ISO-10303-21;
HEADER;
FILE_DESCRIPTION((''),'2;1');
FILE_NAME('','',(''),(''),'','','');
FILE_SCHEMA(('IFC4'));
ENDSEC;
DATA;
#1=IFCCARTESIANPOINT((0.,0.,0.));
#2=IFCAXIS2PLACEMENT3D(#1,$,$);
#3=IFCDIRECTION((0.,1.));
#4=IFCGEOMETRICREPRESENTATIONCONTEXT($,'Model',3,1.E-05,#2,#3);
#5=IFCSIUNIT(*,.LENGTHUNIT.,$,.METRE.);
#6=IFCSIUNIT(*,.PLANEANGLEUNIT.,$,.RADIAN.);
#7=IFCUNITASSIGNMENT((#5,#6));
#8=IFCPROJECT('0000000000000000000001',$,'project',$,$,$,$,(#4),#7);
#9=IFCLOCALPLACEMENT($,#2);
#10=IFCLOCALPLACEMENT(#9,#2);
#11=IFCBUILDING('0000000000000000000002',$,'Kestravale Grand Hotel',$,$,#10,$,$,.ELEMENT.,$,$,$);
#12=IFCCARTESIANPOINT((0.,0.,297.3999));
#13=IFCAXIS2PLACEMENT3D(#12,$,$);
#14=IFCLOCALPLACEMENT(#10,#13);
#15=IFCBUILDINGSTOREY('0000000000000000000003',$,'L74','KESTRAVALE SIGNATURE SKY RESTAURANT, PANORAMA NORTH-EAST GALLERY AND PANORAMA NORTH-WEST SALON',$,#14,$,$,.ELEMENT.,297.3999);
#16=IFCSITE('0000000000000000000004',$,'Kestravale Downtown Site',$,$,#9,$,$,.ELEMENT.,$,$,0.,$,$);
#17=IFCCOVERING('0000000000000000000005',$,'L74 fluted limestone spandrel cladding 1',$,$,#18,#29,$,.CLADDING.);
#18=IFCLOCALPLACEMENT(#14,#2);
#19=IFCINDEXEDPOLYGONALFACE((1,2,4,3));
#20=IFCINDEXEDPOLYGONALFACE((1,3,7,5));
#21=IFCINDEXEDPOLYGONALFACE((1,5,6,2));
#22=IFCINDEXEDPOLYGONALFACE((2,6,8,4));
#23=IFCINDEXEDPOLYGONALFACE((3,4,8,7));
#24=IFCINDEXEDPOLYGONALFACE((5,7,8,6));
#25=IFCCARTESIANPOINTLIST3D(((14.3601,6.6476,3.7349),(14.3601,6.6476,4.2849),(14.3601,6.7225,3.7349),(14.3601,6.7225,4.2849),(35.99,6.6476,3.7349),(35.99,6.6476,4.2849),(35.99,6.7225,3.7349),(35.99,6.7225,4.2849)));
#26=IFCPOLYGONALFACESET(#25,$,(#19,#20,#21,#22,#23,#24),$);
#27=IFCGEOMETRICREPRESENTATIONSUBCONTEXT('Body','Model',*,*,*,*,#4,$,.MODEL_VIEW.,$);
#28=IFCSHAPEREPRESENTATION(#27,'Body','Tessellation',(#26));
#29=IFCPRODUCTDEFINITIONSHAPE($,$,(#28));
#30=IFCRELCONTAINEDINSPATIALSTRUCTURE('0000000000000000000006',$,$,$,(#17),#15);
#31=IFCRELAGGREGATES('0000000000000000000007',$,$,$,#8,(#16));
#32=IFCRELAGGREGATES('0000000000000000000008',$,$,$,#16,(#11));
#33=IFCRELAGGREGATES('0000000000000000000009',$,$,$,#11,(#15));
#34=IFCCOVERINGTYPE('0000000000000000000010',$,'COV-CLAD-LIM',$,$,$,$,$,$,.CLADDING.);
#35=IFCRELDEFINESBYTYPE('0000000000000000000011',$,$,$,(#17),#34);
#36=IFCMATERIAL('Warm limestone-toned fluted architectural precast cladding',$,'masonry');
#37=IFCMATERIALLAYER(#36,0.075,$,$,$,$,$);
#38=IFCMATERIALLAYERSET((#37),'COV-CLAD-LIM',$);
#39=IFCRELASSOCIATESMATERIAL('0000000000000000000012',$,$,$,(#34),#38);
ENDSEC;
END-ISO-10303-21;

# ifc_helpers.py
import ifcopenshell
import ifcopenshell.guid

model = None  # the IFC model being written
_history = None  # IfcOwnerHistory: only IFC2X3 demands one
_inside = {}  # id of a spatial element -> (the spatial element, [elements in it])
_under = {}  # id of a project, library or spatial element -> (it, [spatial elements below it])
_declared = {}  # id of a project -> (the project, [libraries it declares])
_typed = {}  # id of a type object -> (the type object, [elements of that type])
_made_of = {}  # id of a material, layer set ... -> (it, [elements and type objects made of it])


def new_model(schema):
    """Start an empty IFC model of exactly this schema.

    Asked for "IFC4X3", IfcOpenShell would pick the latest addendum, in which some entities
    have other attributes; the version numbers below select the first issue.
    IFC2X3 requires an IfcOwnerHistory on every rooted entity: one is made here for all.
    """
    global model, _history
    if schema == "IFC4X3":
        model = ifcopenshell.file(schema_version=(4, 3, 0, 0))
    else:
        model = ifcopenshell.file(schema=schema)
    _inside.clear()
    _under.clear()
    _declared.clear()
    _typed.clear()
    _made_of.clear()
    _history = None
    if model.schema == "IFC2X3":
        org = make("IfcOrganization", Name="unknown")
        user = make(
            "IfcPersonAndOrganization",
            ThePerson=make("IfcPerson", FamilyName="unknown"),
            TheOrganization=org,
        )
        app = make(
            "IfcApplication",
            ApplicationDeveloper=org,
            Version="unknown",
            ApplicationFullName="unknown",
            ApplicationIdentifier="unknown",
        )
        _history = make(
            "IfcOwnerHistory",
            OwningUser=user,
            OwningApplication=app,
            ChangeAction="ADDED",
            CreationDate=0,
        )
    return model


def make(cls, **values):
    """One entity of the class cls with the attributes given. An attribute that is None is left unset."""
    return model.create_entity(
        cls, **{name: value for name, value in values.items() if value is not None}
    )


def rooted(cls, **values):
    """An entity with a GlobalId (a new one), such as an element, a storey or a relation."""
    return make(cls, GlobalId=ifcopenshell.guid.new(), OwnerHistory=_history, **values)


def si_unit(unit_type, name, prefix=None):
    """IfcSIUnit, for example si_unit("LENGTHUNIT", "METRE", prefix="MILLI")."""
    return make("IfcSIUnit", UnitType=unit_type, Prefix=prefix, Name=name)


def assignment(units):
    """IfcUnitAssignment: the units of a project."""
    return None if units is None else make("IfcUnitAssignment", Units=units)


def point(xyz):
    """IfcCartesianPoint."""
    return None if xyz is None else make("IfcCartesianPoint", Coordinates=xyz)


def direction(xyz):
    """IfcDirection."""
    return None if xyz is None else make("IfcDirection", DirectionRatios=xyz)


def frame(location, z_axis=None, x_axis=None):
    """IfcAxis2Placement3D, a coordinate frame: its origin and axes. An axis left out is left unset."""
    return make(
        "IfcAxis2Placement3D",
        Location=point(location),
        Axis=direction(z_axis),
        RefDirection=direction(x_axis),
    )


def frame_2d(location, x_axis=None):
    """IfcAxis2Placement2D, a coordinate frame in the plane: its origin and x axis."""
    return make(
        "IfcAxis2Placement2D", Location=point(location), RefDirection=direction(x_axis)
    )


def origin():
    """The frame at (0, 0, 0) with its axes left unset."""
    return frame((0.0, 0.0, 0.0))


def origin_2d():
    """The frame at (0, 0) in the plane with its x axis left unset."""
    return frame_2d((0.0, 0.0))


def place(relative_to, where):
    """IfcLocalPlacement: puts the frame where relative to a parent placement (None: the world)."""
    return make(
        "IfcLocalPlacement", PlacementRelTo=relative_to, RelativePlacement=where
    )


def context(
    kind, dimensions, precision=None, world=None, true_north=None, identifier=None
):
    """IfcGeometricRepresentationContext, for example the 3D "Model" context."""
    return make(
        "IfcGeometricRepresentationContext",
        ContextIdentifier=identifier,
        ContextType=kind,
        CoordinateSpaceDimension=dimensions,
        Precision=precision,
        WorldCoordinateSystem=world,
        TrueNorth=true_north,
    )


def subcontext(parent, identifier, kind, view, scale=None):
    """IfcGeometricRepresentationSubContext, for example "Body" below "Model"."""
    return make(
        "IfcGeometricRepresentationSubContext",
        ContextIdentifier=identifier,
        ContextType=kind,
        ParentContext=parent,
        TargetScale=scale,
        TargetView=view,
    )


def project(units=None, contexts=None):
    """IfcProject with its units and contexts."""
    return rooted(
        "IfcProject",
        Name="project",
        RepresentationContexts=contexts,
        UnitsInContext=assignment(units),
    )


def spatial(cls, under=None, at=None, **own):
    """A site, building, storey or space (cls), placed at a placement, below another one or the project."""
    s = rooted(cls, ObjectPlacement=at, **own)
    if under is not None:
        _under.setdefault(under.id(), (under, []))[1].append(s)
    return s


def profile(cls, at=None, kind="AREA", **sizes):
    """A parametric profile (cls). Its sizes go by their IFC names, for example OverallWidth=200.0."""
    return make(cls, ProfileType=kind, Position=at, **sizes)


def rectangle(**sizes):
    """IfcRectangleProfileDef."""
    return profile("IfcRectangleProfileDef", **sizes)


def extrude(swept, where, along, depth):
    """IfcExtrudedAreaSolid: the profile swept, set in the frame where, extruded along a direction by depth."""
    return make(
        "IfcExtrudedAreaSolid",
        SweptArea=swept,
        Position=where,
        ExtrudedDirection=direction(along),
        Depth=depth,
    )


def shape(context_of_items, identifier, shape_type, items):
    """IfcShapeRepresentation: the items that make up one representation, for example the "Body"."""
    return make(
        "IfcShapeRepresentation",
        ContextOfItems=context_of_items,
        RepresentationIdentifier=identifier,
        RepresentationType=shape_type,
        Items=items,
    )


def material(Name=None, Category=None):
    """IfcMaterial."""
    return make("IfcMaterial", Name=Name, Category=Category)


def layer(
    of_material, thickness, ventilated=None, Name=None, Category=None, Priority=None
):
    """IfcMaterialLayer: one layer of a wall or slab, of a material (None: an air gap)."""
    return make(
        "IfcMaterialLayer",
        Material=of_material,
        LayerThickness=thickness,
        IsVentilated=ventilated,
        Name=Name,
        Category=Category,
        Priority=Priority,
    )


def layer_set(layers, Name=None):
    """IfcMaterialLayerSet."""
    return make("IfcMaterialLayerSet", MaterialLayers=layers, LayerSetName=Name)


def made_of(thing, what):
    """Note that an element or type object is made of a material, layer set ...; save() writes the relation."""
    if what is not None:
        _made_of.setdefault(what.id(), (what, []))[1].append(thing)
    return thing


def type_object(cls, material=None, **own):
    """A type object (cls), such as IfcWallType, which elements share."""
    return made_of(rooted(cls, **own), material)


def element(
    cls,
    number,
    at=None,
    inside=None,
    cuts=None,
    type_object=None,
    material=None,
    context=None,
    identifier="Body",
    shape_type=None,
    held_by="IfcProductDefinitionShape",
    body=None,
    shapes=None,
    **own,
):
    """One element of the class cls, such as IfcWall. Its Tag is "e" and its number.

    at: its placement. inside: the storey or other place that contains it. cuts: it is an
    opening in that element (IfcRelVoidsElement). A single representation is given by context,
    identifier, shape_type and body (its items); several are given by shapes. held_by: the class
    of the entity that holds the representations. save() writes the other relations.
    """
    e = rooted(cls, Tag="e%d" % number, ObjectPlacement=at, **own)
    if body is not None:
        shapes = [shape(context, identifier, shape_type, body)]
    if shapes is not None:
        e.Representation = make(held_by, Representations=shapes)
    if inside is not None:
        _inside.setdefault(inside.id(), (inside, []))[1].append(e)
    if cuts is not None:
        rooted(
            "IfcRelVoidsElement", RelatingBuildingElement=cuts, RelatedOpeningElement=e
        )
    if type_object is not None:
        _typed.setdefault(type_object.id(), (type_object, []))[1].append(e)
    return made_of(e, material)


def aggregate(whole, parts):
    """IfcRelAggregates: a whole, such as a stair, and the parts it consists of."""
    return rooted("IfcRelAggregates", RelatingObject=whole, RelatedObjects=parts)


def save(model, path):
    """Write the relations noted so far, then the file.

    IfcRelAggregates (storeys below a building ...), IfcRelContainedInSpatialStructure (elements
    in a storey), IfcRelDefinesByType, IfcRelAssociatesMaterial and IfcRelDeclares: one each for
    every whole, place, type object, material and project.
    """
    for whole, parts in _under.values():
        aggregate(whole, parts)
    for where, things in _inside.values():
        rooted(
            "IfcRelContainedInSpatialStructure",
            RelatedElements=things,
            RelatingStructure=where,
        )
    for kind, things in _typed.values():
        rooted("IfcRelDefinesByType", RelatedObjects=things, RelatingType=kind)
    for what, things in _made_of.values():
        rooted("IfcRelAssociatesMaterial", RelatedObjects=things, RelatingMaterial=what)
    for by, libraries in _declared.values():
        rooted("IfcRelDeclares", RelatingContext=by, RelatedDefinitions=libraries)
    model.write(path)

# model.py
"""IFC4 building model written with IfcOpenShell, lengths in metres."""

from ifc_helpers import new_model, si_unit, direction, frame, origin, origin_2d, place, context, subcontext, project, spatial, rectangle, extrude, material, layer, layer_set, type_object, element, save


model = new_model("IFC4")

# Units and contexts
model_context = context("Model", 3, precision=1e-05, world=origin(), true_north=direction((0.0, 1.0)))
body_context = subcontext(model_context, "Body", "Model", "MODEL_VIEW")
ifc_project = project(units=[si_unit("LENGTHUNIT", "METRE"), si_unit("PLANEANGLEUNIT", "RADIAN")], contexts=[model_context])

# Site, building, storey
site_placement = place(None, origin())
site = spatial("IfcSite", under=ifc_project, at=site_placement, Name="Kestravale Downtown Site", CompositionType="ELEMENT", RefElevation=0.0)
building_placement = place(site_placement, origin())
building = spatial("IfcBuilding", under=site, at=building_placement, Name="Kestravale Grand Hotel", CompositionType="ELEMENT")
storey_placement = place(building_placement, frame((0.0, 0.0, 297.3999)))
storey = spatial("IfcBuildingStorey", under=building, at=storey_placement, Name="L74", Description="KESTRAVALE SIGNATURE SKY RESTAURANT, PANORAMA NORTH-EAST GALLERY AND PANORAMA NORTH-WEST SALON", CompositionType="ELEMENT", Elevation=297.3999)

# Covering
ifc_material_1 = material(Name="Warm limestone-toned fluted architectural precast cladding", Category="masonry")
ifc_layer_1 = layer(ifc_material_1, 0.075)
ifc_layer_set_1 = layer_set([ifc_layer_1], Name="COV-CLAD-LIM")
covering_type = type_object("IfcCoveringType", Name="COV-CLAD-LIM", PredefinedType="CLADDING", material=ifc_layer_set_1)
covering_placement = place(storey_placement, frame((25.175, 6.6851, 3.7349), z_axis=(0.0, 0.0, 1.0), x_axis=(1.0, 0.0, 0.0)))
element("IfcCovering", 1, at=covering_placement, inside=storey, type_object=covering_type, Name="L74 fluted limestone spandrel cladding 1", PredefinedType="CLADDING", context=body_context, shape_type="SweptSolid", body=[
    extrude(rectangle(XDim=21.6299, YDim=0.075, at=origin_2d()), origin(), (0.0, 0.0, 1.0), 0.55),
])

save(model, "model.ifc")
